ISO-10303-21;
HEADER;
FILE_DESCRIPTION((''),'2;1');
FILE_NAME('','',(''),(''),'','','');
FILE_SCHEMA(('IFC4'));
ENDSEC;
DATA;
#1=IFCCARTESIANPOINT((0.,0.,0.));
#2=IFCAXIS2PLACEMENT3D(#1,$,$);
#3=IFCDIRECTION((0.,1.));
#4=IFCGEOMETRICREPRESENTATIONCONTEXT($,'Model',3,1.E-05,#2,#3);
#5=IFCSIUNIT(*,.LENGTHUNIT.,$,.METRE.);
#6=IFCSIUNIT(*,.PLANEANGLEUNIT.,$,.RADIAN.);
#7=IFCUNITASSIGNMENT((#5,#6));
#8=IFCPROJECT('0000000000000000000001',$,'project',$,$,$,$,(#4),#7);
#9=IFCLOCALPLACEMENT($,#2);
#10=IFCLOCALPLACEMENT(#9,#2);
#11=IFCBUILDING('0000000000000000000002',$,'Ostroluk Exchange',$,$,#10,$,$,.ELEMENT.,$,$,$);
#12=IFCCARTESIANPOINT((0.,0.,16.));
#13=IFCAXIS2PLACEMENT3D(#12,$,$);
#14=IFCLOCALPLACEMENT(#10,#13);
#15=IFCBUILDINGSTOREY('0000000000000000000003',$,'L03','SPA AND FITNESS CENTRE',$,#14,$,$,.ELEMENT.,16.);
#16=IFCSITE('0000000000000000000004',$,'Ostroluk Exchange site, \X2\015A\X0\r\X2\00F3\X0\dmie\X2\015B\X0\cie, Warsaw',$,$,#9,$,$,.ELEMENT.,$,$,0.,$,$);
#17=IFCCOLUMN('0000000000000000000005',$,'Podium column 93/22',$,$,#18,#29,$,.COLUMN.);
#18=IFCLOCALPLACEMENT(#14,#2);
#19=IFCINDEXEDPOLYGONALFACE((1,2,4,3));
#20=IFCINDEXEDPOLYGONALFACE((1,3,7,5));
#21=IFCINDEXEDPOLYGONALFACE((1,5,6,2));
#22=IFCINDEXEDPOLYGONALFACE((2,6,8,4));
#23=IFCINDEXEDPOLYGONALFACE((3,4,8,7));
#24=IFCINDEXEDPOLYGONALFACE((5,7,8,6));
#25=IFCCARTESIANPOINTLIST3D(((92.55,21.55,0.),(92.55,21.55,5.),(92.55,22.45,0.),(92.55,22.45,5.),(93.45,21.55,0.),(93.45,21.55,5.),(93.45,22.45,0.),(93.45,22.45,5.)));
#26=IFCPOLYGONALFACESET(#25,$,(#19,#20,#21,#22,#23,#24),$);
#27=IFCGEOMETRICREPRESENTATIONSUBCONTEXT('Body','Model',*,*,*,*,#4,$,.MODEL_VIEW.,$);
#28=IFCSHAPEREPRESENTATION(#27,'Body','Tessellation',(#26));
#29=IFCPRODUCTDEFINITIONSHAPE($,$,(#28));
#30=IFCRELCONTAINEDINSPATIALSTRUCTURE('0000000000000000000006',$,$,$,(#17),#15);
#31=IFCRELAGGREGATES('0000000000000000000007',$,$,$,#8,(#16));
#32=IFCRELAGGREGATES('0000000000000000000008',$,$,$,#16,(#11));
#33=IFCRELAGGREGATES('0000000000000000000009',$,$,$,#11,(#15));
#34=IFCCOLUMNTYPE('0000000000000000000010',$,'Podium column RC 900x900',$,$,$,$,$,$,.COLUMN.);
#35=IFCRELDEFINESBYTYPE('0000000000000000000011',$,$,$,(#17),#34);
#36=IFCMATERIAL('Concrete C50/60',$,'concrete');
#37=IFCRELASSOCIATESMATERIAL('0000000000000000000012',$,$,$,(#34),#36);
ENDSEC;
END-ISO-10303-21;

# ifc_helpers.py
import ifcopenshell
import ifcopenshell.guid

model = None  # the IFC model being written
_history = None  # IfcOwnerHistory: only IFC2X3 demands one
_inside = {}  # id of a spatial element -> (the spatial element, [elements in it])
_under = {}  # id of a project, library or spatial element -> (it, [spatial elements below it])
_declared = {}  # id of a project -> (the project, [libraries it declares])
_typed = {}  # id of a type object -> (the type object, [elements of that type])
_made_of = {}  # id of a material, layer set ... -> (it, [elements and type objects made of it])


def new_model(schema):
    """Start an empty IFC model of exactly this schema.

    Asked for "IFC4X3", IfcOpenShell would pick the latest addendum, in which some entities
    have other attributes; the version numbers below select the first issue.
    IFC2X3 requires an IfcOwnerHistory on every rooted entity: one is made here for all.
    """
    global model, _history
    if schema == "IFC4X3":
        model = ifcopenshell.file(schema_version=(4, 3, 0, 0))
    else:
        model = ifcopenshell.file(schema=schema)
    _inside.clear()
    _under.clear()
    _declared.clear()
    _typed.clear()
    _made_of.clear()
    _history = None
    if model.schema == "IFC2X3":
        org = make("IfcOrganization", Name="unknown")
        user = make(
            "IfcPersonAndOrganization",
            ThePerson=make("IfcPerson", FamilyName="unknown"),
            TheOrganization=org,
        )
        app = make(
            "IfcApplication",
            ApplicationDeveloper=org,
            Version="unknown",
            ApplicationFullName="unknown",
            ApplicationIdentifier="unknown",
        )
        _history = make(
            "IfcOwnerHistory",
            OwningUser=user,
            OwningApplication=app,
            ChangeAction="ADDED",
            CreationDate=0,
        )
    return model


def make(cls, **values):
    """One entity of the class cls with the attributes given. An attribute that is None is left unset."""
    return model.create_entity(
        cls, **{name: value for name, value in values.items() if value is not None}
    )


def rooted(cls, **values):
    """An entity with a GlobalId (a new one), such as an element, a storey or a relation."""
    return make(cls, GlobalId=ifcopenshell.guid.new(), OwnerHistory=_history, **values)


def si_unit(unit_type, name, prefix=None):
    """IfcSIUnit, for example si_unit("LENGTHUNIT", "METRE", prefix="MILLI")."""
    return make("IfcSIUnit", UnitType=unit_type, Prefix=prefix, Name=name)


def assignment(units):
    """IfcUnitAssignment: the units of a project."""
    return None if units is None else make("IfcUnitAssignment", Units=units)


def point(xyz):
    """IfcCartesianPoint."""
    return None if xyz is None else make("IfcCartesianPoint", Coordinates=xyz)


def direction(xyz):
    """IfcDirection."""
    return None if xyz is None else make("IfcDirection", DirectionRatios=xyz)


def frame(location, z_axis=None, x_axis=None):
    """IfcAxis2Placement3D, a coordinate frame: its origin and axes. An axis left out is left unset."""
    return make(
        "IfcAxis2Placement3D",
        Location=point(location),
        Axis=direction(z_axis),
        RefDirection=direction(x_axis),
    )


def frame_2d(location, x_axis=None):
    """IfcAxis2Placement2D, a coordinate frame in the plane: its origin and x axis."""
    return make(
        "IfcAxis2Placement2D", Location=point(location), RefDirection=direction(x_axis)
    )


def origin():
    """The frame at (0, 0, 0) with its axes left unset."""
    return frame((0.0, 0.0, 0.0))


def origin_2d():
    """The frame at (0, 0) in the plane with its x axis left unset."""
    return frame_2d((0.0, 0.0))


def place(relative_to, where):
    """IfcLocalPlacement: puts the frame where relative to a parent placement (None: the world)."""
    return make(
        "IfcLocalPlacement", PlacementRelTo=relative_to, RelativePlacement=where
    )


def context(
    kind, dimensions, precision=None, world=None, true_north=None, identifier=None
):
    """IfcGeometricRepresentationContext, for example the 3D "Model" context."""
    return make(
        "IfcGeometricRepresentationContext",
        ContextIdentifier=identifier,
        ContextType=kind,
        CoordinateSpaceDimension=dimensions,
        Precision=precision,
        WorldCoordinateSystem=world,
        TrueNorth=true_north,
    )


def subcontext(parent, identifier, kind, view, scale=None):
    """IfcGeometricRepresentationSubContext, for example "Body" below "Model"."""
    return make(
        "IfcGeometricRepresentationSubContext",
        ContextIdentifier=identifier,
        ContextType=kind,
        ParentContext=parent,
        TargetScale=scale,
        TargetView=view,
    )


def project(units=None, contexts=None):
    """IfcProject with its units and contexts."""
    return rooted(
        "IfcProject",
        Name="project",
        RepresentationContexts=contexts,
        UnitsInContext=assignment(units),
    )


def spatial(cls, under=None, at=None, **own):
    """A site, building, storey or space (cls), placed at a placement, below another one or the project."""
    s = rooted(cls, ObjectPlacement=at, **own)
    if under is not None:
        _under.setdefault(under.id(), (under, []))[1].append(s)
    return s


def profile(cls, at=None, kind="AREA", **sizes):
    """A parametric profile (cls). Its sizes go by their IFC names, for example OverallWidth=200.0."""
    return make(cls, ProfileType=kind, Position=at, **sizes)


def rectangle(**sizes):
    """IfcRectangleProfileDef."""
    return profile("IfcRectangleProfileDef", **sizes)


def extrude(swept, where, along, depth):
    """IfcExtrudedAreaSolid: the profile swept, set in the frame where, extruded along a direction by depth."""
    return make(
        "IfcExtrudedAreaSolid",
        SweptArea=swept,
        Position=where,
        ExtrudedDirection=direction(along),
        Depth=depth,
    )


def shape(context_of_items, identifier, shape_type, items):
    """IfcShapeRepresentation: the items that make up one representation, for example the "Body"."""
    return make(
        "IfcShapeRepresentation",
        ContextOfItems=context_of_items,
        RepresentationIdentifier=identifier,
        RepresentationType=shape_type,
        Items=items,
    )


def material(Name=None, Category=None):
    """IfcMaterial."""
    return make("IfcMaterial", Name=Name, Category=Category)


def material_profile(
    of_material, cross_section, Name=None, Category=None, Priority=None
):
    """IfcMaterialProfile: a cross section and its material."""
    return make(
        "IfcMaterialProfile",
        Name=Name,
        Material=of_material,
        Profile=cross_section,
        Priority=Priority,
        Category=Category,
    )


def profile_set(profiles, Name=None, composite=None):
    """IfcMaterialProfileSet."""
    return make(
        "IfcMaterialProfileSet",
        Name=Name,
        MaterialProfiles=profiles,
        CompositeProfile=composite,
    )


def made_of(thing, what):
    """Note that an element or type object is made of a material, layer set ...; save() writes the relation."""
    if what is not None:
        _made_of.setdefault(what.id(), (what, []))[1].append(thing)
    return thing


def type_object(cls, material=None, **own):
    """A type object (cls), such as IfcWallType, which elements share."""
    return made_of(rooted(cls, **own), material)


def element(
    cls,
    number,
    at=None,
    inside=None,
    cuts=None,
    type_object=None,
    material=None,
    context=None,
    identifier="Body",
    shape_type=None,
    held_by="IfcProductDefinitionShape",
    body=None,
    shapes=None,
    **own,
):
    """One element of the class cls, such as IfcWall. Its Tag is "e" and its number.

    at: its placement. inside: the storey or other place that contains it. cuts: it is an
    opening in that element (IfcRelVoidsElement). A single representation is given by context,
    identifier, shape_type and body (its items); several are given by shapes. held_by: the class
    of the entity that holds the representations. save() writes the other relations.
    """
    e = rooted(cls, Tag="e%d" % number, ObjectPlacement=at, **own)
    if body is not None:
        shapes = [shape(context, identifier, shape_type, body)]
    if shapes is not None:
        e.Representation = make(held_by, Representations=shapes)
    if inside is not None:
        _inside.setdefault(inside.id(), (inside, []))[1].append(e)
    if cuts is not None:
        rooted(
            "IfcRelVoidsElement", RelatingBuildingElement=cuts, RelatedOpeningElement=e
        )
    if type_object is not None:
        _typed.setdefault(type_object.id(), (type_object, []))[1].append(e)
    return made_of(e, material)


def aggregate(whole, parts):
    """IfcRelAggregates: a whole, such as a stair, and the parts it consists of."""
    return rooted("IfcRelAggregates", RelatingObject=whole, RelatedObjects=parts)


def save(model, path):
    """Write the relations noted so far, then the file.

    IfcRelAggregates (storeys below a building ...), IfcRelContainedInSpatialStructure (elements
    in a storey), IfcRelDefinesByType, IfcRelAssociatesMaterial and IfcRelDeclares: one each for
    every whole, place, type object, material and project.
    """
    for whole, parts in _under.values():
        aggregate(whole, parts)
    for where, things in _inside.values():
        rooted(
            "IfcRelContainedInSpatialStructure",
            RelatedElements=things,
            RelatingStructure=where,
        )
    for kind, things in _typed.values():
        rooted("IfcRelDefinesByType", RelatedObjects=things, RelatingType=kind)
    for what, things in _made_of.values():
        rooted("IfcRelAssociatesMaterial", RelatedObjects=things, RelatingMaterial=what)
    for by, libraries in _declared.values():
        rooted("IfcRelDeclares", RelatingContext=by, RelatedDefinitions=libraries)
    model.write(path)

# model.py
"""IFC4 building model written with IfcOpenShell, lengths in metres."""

from ifc_helpers import new_model, si_unit, direction, frame, origin, origin_2d, place, context, subcontext, project, spatial, rectangle, extrude, material, material_profile, profile_set, type_object, element, save


model = new_model("IFC4")

# Units and contexts
model_context = context("Model", 3, precision=1e-05, world=origin(), true_north=direction((0.0, 1.0)))
body_context = subcontext(model_context, "Body", "Model", "MODEL_VIEW")
ifc_project = project(units=[si_unit("LENGTHUNIT", "METRE"), si_unit("PLANEANGLEUNIT", "RADIAN")], contexts=[model_context])

# Site, building, storey
site_placement = place(None, origin())
site = spatial("IfcSite", under=ifc_project, at=site_placement, Name="Ostroluk Exchange site, Śródmieście, Warsaw", CompositionType="ELEMENT", RefElevation=0.0)
building_placement = place(site_placement, origin())
building = spatial("IfcBuilding", under=site, at=building_placement, Name="Ostroluk Exchange", CompositionType="ELEMENT")
storey_placement = place(building_placement, frame((0.0, 0.0, 16.0)))
storey = spatial("IfcBuildingStorey", under=building, at=storey_placement, Name="L03", Description="SPA AND FITNESS CENTRE", CompositionType="ELEMENT", Elevation=16.0)

# Column
ifc_material_1 = material(Name="Concrete C50/60", Category="concrete")
ifc_material_profile = material_profile(ifc_material_1, rectangle(XDim=0.8999, YDim=0.8999, at=origin_2d()), Name="RC 900x900")
ifc_profile_set = profile_set([ifc_material_profile], Name="Concrete C50/60")
column_type = type_object("IfcColumnType", Name="Podium column RC 900x900", PredefinedType="COLUMN", material=ifc_profile_set)
column_placement = place(storey_placement, frame((93.0, 22.0, 0.0), z_axis=(0.0, 0.0, 1.0), x_axis=(1.0, 0.0, 0.0)))
element("IfcColumn", 1, at=column_placement, inside=storey, type_object=column_type, Name="Podium column 93/22", PredefinedType="COLUMN", context=body_context, shape_type="SweptSolid", body=[
    extrude(rectangle(XDim=0.8999, YDim=0.8999, at=origin_2d()), origin(), (0.0, 0.0, 1.0), 5.0),
])

save(model, "model.ifc")
